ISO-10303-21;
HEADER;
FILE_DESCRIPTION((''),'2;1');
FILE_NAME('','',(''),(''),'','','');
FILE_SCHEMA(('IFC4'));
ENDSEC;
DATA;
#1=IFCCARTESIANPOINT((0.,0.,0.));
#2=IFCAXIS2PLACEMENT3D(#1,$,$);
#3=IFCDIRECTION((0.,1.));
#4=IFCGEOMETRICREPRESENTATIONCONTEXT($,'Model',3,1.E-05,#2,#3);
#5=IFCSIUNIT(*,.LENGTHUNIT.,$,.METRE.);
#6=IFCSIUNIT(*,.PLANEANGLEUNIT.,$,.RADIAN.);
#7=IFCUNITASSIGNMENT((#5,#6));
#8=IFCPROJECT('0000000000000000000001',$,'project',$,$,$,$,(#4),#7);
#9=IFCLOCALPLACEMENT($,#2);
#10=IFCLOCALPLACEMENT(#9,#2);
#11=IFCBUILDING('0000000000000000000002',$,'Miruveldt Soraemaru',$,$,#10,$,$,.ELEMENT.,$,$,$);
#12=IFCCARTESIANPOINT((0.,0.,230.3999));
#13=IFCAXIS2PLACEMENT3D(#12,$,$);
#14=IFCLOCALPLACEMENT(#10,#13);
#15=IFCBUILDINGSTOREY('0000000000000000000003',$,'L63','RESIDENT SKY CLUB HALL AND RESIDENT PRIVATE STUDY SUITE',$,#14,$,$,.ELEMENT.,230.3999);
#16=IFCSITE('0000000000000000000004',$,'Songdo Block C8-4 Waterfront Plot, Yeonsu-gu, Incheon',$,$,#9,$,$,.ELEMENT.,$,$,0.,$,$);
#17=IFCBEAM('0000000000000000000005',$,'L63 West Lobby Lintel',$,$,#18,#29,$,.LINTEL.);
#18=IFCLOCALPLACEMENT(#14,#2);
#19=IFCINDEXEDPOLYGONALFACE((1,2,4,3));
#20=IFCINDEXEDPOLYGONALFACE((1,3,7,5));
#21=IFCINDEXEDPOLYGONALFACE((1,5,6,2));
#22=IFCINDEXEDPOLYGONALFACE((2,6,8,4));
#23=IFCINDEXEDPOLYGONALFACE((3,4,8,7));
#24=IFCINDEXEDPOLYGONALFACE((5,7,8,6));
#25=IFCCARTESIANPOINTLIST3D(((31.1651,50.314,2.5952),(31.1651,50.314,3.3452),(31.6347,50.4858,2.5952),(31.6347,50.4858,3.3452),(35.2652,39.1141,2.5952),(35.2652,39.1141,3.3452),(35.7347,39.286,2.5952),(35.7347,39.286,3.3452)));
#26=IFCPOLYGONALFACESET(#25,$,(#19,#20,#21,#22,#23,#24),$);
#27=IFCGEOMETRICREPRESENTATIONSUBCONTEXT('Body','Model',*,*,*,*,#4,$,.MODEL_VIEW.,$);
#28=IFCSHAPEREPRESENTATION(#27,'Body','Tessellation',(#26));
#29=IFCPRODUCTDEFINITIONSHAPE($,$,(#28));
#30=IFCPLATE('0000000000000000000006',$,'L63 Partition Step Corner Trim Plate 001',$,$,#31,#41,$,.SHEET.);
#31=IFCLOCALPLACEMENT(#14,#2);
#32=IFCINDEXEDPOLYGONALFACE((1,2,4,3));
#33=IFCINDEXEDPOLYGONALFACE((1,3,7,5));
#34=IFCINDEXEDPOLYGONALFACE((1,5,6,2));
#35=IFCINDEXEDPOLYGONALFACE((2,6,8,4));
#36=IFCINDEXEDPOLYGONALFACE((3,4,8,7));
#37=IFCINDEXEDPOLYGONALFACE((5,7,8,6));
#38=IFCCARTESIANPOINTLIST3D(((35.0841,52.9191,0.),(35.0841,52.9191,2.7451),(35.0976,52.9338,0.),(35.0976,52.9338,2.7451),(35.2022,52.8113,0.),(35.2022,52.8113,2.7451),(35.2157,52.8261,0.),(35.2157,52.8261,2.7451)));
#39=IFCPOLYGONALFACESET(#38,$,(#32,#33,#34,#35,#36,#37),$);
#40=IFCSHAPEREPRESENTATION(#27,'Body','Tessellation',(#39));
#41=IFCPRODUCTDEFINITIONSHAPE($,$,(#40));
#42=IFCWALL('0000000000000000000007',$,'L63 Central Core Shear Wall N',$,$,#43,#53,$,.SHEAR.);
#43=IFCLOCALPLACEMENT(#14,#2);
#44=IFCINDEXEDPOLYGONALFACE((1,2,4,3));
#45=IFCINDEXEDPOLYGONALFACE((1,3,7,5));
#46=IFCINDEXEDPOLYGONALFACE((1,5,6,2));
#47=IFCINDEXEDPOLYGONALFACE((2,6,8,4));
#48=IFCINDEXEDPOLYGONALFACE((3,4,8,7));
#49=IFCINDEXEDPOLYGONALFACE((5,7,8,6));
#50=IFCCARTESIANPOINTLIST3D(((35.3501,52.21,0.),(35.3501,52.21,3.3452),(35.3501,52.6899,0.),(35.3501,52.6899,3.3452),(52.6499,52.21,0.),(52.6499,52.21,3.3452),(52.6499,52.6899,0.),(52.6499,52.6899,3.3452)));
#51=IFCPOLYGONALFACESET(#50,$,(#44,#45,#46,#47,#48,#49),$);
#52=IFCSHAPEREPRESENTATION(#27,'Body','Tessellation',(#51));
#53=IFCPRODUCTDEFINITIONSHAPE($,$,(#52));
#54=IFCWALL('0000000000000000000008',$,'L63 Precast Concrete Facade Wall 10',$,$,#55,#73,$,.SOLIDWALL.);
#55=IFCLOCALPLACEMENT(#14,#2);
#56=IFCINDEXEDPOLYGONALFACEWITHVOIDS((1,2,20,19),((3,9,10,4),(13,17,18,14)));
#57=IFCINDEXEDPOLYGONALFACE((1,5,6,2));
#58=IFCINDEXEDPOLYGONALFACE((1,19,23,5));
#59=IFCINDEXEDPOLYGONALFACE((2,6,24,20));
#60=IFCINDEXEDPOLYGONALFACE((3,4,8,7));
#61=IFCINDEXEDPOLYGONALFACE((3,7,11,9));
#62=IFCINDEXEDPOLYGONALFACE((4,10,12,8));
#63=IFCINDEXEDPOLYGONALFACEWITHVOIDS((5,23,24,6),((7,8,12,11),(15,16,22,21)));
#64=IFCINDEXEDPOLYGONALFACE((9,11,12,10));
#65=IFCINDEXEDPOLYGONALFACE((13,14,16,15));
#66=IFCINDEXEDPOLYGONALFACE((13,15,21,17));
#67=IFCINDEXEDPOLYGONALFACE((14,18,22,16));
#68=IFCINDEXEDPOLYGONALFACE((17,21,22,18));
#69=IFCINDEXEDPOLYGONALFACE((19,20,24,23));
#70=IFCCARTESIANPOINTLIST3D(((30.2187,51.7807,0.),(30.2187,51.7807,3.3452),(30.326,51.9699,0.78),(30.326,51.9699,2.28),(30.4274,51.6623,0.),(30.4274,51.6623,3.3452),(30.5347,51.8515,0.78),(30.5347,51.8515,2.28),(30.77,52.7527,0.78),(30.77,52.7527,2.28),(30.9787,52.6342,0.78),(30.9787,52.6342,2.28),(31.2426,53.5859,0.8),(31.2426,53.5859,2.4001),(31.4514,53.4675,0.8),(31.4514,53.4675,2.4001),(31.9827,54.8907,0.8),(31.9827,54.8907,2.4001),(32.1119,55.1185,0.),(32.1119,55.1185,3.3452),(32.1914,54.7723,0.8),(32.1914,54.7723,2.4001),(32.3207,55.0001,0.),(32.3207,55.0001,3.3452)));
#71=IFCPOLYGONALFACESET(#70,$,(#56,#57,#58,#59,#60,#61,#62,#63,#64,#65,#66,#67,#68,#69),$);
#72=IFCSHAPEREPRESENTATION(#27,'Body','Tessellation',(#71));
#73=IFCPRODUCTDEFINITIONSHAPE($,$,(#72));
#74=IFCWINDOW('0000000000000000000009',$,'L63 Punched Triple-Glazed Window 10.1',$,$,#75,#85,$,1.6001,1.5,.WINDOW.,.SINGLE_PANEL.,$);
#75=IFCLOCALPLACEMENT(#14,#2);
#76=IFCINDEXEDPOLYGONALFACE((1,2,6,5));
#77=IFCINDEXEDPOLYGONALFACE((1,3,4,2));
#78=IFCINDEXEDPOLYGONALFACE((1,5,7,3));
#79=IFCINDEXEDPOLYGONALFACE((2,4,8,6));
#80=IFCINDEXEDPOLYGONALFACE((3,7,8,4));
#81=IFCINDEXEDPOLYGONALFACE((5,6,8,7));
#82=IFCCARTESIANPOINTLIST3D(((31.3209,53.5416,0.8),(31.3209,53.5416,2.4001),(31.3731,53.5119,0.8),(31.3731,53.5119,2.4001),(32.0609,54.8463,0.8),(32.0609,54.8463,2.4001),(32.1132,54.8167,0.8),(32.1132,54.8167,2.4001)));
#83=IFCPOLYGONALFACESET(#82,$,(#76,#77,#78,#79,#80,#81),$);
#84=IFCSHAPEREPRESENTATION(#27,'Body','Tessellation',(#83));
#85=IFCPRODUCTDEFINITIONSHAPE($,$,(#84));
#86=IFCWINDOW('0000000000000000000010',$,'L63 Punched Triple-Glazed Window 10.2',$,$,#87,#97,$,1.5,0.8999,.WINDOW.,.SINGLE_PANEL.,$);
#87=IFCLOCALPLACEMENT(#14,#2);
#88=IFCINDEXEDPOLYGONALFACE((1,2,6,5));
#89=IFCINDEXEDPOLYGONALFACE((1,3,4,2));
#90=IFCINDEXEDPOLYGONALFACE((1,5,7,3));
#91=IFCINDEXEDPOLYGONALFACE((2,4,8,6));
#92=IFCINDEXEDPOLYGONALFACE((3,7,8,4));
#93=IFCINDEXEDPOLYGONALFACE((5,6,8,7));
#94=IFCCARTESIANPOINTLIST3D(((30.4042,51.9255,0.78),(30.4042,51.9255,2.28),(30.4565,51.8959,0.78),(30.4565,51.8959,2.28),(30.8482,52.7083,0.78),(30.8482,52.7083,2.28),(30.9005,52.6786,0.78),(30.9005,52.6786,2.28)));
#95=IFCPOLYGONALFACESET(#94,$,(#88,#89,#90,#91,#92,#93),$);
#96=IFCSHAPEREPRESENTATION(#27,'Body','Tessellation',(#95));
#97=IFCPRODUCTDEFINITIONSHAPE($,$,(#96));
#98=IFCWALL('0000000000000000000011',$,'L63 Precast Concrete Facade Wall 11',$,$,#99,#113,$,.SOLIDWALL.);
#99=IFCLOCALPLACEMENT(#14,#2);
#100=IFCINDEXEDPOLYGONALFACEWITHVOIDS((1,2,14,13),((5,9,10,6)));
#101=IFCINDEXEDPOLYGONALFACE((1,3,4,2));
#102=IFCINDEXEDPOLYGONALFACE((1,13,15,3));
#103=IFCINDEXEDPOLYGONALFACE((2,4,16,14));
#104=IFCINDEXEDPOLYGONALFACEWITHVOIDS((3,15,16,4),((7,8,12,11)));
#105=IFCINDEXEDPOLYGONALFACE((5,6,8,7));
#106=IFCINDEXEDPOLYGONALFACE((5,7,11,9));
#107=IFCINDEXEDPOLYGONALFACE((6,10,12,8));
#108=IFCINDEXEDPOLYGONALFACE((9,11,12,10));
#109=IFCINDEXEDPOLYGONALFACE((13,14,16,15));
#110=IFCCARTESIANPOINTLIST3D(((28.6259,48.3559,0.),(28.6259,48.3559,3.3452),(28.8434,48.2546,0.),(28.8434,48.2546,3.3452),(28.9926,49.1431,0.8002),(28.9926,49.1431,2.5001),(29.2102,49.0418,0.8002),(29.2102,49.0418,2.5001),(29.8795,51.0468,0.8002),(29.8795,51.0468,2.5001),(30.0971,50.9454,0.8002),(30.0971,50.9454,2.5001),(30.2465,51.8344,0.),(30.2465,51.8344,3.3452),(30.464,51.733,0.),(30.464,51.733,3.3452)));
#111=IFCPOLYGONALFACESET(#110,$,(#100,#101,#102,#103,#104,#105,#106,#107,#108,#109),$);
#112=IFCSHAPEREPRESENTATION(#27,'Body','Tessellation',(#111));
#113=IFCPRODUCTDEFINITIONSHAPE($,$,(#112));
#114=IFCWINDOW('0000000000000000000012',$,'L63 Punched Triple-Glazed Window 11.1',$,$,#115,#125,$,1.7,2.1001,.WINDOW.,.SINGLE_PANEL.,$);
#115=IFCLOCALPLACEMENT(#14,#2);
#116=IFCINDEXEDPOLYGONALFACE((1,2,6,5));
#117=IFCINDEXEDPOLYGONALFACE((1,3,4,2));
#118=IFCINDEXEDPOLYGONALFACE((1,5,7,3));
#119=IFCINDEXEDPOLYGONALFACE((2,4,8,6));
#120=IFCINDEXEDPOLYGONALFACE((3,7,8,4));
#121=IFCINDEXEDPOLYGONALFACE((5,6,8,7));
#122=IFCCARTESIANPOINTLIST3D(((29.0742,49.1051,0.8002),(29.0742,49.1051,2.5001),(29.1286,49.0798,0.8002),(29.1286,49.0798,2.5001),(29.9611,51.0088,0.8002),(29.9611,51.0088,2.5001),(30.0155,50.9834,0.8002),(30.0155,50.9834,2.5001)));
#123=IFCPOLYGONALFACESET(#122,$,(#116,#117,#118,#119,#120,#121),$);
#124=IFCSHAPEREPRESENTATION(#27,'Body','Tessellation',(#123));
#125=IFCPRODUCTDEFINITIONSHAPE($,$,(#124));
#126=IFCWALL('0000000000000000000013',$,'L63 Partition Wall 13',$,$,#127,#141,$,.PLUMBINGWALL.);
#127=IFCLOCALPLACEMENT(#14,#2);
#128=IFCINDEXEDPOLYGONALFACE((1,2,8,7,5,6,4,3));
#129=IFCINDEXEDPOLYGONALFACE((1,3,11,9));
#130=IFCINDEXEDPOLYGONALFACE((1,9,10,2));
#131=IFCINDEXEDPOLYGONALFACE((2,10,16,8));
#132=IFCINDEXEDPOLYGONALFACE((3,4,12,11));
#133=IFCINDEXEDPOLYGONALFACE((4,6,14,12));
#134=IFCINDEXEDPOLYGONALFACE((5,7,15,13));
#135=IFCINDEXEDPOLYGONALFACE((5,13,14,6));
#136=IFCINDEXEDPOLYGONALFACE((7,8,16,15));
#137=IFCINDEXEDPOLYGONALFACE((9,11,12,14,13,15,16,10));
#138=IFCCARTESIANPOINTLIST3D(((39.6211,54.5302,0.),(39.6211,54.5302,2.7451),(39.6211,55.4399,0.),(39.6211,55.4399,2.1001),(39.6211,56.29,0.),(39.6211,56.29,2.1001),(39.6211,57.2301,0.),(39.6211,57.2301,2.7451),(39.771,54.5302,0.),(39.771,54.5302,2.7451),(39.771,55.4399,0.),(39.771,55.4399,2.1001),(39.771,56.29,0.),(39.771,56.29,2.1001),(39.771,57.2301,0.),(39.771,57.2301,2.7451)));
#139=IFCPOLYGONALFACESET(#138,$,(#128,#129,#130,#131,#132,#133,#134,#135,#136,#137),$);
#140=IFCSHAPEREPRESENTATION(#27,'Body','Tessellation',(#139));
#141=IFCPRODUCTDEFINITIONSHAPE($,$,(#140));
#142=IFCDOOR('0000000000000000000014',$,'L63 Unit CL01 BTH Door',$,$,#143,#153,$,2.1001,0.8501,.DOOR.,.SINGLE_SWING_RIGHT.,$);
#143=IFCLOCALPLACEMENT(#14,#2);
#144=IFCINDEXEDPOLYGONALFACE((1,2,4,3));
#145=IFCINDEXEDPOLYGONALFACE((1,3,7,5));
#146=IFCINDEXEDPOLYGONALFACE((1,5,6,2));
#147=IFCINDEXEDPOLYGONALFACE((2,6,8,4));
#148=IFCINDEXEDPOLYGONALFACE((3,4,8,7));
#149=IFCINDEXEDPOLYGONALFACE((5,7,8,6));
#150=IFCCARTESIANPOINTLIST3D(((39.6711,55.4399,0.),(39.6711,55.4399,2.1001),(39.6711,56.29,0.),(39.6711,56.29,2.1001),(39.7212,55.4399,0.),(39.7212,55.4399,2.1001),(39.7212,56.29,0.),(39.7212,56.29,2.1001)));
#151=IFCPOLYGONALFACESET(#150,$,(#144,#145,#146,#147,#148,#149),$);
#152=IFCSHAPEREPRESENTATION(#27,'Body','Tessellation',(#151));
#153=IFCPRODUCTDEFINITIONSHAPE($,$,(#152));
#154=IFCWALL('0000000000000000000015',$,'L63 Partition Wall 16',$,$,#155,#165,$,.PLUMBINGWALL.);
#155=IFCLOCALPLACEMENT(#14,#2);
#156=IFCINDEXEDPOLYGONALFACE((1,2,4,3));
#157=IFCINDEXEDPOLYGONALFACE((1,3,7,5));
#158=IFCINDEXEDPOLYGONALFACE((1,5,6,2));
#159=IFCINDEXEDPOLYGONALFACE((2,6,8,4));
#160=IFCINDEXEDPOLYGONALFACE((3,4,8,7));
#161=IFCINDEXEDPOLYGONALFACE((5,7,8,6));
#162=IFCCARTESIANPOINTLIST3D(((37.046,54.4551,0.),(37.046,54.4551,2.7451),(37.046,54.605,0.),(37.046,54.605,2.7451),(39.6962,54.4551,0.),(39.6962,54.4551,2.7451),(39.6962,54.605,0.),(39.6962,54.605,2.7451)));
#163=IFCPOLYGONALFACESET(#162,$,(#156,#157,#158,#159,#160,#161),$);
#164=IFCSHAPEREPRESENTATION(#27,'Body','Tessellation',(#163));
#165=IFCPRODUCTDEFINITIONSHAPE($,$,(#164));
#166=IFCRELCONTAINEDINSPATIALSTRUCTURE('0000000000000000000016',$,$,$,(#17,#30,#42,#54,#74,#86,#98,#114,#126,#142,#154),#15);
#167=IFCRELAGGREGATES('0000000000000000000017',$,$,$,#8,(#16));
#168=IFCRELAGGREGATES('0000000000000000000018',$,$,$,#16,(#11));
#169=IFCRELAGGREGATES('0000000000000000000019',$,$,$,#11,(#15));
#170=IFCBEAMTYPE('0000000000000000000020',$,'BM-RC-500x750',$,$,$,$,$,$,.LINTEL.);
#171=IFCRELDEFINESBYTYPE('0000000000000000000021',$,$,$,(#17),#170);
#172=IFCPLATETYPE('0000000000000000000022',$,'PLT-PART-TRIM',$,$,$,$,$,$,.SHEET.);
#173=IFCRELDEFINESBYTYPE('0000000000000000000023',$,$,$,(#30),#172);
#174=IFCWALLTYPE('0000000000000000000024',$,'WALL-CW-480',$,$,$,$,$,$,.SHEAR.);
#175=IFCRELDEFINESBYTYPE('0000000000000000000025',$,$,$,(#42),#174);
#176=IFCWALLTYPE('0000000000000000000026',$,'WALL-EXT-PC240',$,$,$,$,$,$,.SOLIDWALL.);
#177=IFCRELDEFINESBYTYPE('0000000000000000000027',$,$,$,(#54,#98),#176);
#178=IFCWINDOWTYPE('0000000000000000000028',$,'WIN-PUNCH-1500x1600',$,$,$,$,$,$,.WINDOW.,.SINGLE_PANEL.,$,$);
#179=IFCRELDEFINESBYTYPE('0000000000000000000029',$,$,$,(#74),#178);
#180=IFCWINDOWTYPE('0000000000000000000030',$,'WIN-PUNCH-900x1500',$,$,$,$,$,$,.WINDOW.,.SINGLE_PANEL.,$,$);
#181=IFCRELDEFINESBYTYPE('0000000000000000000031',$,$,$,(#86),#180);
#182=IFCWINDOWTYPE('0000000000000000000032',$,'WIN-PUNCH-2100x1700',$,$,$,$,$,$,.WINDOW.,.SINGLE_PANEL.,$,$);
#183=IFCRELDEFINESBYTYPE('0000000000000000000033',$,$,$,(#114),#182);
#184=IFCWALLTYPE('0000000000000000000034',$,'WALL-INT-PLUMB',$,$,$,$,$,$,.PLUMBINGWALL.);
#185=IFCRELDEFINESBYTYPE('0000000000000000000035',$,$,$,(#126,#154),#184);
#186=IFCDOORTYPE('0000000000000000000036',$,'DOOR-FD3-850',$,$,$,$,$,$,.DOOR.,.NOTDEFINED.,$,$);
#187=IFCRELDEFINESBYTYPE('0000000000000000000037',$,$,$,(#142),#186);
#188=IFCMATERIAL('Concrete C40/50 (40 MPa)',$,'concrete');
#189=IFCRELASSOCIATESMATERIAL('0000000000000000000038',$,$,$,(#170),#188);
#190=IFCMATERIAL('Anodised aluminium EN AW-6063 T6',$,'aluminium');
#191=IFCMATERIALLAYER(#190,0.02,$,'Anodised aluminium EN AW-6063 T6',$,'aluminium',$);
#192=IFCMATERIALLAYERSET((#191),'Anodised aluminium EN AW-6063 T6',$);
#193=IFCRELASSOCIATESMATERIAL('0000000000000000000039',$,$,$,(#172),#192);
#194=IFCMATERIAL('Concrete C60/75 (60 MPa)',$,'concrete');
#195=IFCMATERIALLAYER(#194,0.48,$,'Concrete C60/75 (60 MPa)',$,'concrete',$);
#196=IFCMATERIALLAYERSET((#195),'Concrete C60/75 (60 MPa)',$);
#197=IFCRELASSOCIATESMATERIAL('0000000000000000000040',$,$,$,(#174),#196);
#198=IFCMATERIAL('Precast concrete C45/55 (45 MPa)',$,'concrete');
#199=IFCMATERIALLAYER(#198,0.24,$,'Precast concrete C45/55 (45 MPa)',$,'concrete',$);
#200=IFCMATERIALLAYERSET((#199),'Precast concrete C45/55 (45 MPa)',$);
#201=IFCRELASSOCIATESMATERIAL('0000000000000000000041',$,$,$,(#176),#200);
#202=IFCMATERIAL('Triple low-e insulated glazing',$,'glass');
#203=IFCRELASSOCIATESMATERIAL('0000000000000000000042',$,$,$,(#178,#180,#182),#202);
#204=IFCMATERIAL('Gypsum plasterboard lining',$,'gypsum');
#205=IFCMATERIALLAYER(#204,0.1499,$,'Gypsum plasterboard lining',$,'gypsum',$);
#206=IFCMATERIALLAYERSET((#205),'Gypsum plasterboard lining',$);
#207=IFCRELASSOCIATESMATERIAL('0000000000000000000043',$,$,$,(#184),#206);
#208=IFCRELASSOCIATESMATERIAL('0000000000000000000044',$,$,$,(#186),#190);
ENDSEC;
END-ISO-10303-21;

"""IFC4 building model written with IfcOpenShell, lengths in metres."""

from ifc_helpers import new_model, si_unit, direction, frame, frame_2d, origin, origin_2d, place, context, subcontext, project, spatial, rectangle, extrude, material, layer, layer_set, material_profile, profile_set, type_object, element, fill, save


model = new_model("IFC4")

# Units and contexts
model_context = context("Model", 3, precision=1e-05, world=origin(), true_north=direction((0.0, 1.0)))
body_context = subcontext(model_context, "Body", "Model", "MODEL_VIEW")
ifc_project = project(units=[si_unit("LENGTHUNIT", "METRE"), si_unit("PLANEANGLEUNIT", "RADIAN")], contexts=[model_context])

# Site, building, storey
site_placement = place(None, origin())
site = spatial("IfcSite", under=ifc_project, at=site_placement, Name="Songdo Block C8-4 Waterfront Plot, Yeonsu-gu, Incheon", CompositionType="ELEMENT", RefElevation=0.0)
building_placement = place(site_placement, origin())
building = spatial("IfcBuilding", under=site, at=building_placement, Name="Miruveldt Soraemaru", CompositionType="ELEMENT")
storey_placement = place(building_placement, frame((0.0, 0.0, 230.3999)))
storey = spatial("IfcBuildingStorey", under=building, at=storey_placement, Name="L63", Description="RESIDENT SKY CLUB HALL AND RESIDENT PRIVATE STUDY SUITE", CompositionType="ELEMENT", Elevation=230.3999)

# Beam
ifc_material_1 = material(Name="Concrete C40/50 (40 MPa)", Category="concrete")
ifc_material_profile = material_profile(ifc_material_1, rectangle(XDim=0.5, YDim=0.75, at=origin_2d()), Name="Concrete C40/50 (40 MPa)", Category="concrete")
ifc_profile_set = profile_set([ifc_material_profile], Name="Concrete C40/50 (40 MPa)")
beam_type = type_object("IfcBeamType", Name="BM-RC-500x750", PredefinedType="LINTEL", material=ifc_profile_set)
beam_placement = place(storey_placement, frame((31.3999, 50.3999, 2.9702), z_axis=(0.34377, -0.939054, 0.0), x_axis=(0.939054, 0.34377, 0.0)))
element("IfcBeam", 1, at=beam_placement, inside=storey, type_object=beam_type, Name="L63 West Lobby Lintel", PredefinedType="LINTEL", context=body_context, shape_type="SweptSolid", body=[
    extrude(rectangle(XDim=0.5, YDim=0.75, at=origin_2d()), origin(), (0.0, 0.0, 1.0), 11.9268),
])

# Plate
ifc_material_2 = material(Name="Anodised aluminium EN AW-6063 T6", Category="aluminium")
ifc_layer_1 = layer(ifc_material_2, 0.02, Name="Anodised aluminium EN AW-6063 T6", Category="aluminium")
ifc_layer_set_1 = layer_set([ifc_layer_1], Name="Anodised aluminium EN AW-6063 T6")
plate_type = type_object("IfcPlateType", Name="PLT-PART-TRIM", PredefinedType="SHEET", material=ifc_layer_set_1)
plate_placement = place(storey_placement, frame((35.1499, 52.8726, 0.0), z_axis=(0.0, 0.0, 1.0), x_axis=(0.738691, -0.674045, 0.0)))
element("IfcPlate", 2, at=plate_placement, inside=storey, type_object=plate_type, Name="L63 Partition Step Corner Trim Plate 001", PredefinedType="SHEET", context=body_context, shape_type="SweptSolid", body=[
    extrude(rectangle(XDim=0.1599, YDim=0.02, at=origin_2d()), origin(), (0.0, 0.0, 1.0), 2.7451),
])

# Wall
ifc_material_3 = material(Name="Concrete C60/75 (60 MPa)", Category="concrete")
ifc_layer_2 = layer(ifc_material_3, 0.48, Name="Concrete C60/75 (60 MPa)", Category="concrete")
ifc_layer_set_2 = layer_set([ifc_layer_2], Name="Concrete C60/75 (60 MPa)")
wall_type_1 = type_object("IfcWallType", Name="WALL-CW-480", PredefinedType="SHEAR", material=ifc_layer_set_2)
wall_1_placement = place(storey_placement, frame((35.3501, 52.45, 0.0), z_axis=(0.0, 0.0, 1.0), x_axis=(1.0, 0.0, 0.0)))
element("IfcWall", 3, at=wall_1_placement, inside=storey, type_object=wall_type_1, Name="L63 Central Core Shear Wall N", PredefinedType="SHEAR", context=body_context, shape_type="SweptSolid", body=[
    extrude(rectangle(XDim=17.2998, YDim=0.48, at=frame_2d((8.6499, 0.0))), origin(), (0.0, 0.0, 1.0), 3.3452),
])

# Wall, openings, windows
ifc_material_4 = material(Name="Precast concrete C45/55 (45 MPa)", Category="concrete")
ifc_layer_3 = layer(ifc_material_4, 0.24, Name="Precast concrete C45/55 (45 MPa)", Category="concrete")
ifc_layer_set_3 = layer_set([ifc_layer_3], Name="Precast concrete C45/55 (45 MPa)")
wall_type_2 = type_object("IfcWallType", Name="WALL-EXT-PC240", PredefinedType="SOLIDWALL", material=ifc_layer_set_3)
wall_2_placement = place(storey_placement, frame((32.2163, 55.0593, 0.0), z_axis=(0.0, 0.0, 1.0), x_axis=(-0.493375, -0.869817, 0.0)))
wall_2 = element("IfcWall", 4, at=wall_2_placement, inside=storey, type_object=wall_type_2, Name="L63 Precast Concrete Facade Wall 10", PredefinedType="SOLIDWALL", context=body_context, shape_type="SweptSolid", body=[
    extrude(rectangle(XDim=3.8374, YDim=0.24, at=frame_2d((1.9187, 0.0))), origin(), (0.0, 0.0, 1.0), 3.3452),
])
opening_1_placement = place(wall_2_placement, frame((0.262, 0.0, 0.8)))
opening_1 = element("IfcOpeningElement", 5, at=opening_1_placement, cuts=wall_2, PredefinedType="OPENING", context=body_context, shape_type="SweptSolid", body=[
    extrude(rectangle(XDim=1.5, YDim=1.6001, at=frame_2d((0.75, 0.8))), frame((0.0, 0.1299, 0.0), z_axis=(0.0, -1.0, 0.0), x_axis=(1.0, 0.0, 0.0)), (0.0, 0.0, 1.0), 0.26),
])
opening_2_placement = place(wall_2_placement, frame((2.72, 0.0, 0.78)))
opening_2 = element("IfcOpeningElement", 6, at=opening_2_placement, cuts=wall_2, PredefinedType="OPENING", context=body_context, shape_type="SweptSolid", body=[
    extrude(rectangle(XDim=0.8999, YDim=1.5, at=frame_2d((0.45, 0.75))), frame((0.0, 0.1299, 0.0), z_axis=(0.0, -1.0, 0.0), x_axis=(1.0, 0.0, 0.0)), (0.0, 0.0, 1.0), 0.26),
])
ifc_material_5 = material(Name="Triple low-e insulated glazing", Category="glass")
window_type_1 = type_object("IfcWindowType", Name="WIN-PUNCH-1500x1600", PartitioningType="SINGLE_PANEL", PredefinedType="WINDOW", material=ifc_material_5)
window_1_placement = place(opening_1_placement, origin())
window_1 = element("IfcWindow", 7, at=window_1_placement, inside=storey, type_object=window_type_1, Name="L63 Punched Triple-Glazed Window 10.1", OverallHeight=1.6001, OverallWidth=1.5, PartitioningType="SINGLE_PANEL", PredefinedType="WINDOW", context=body_context, shape_type="SweptSolid", body=[
    extrude(rectangle(XDim=1.5, YDim=1.6001, at=frame_2d((0.75, 0.8))), frame((0.0, 0.03, 0.0), z_axis=(0.0, -1.0, 0.0), x_axis=(1.0, 0.0, 0.0)), (0.0, 0.0, 1.0), 0.0601),
])
fill(opening_1, window_1)
window_type_2 = type_object("IfcWindowType", Name="WIN-PUNCH-900x1500", PartitioningType="SINGLE_PANEL", PredefinedType="WINDOW", material=ifc_material_5)
window_2_placement = place(opening_2_placement, origin())
window_2 = element("IfcWindow", 8, at=window_2_placement, inside=storey, type_object=window_type_2, Name="L63 Punched Triple-Glazed Window 10.2", OverallHeight=1.5, OverallWidth=0.8999, PartitioningType="SINGLE_PANEL", PredefinedType="WINDOW", context=body_context, shape_type="SweptSolid", body=[
    extrude(rectangle(XDim=0.8999, YDim=1.5, at=frame_2d((0.45, 0.75))), frame((0.0, 0.03, 0.0), z_axis=(0.0, -1.0, 0.0), x_axis=(1.0, 0.0, 0.0)), (0.0, 0.0, 1.0), 0.0601),
])
fill(opening_2, window_2)

# Wall, opening, window
wall_3_placement = place(storey_placement, frame((30.3552, 51.7837, 0.0), z_axis=(0.0, 0.0, 1.0), x_axis=(-0.422307, -0.906453, 0.0)))
wall_3 = element("IfcWall", 9, at=wall_3_placement, inside=storey, type_object=wall_type_2, Name="L63 Precast Concrete Facade Wall 11", PredefinedType="SOLIDWALL", context=body_context, shape_type="SweptSolid", body=[
    extrude(rectangle(XDim=3.8374, YDim=0.24, at=frame_2d((1.9187, 0.0))), origin(), (0.0, 0.0, 1.0), 3.3452),
])
opening_3_placement = place(wall_3_placement, frame((0.8689, 0.0, 0.8)))
opening_3 = element("IfcOpeningElement", 10, at=opening_3_placement, cuts=wall_3, PredefinedType="OPENING", context=body_context, shape_type="SweptSolid", body=[
    extrude(rectangle(XDim=2.1001, YDim=1.7, at=frame_2d((1.05, 0.8501))), frame((0.0, 0.1299, 0.0), z_axis=(0.0, -1.0, 0.0), x_axis=(1.0, 0.0, 0.0)), (0.0, 0.0, 1.0), 0.26),
])
window_type_3 = type_object("IfcWindowType", Name="WIN-PUNCH-2100x1700", PartitioningType="SINGLE_PANEL", PredefinedType="WINDOW", material=ifc_material_5)
window_3_placement = place(opening_3_placement, origin())
window_3 = element("IfcWindow", 11, at=window_3_placement, inside=storey, type_object=window_type_3, Name="L63 Punched Triple-Glazed Window 11.1", OverallHeight=1.7, OverallWidth=2.1001, PartitioningType="SINGLE_PANEL", PredefinedType="WINDOW", context=body_context, shape_type="SweptSolid", body=[
    extrude(rectangle(XDim=2.1001, YDim=1.7, at=frame_2d((1.05, 0.8501))), frame((0.0, 0.03, 0.0), z_axis=(0.0, -1.0, 0.0), x_axis=(1.0, 0.0, 0.0)), (0.0, 0.0, 1.0), 0.0601),
])
fill(opening_3, window_3)

# Wall, opening, door
ifc_material_6 = material(Name="Gypsum plasterboard lining", Category="gypsum")
ifc_layer_4 = layer(ifc_material_6, 0.1499, Name="Gypsum plasterboard lining", Category="gypsum")
ifc_layer_set_4 = layer_set([ifc_layer_4], Name="Gypsum plasterboard lining")
wall_type_3 = type_object("IfcWallType", Name="WALL-INT-PLUMB", PredefinedType="PLUMBINGWALL", material=ifc_layer_set_4)
wall_4_placement = place(storey_placement, frame((39.696, 54.53, 0.0), z_axis=(0.0, 0.0, 1.0), x_axis=(0.0, 1.0, 0.0)))
wall_4 = element("IfcWall", 12, at=wall_4_placement, inside=storey, type_object=wall_type_3, Name="L63 Partition Wall 13", PredefinedType="PLUMBINGWALL", context=body_context, shape_type="SweptSolid", body=[
    extrude(rectangle(XDim=2.7, YDim=0.1499, at=frame_2d((1.3501, 0.0))), origin(), (0.0, 0.0, 1.0), 2.7451),
])
opening_4_placement = place(wall_4_placement, frame((0.9099, 0.0, 0.0)))
opening_4 = element("IfcOpeningElement", 13, at=opening_4_placement, cuts=wall_4, PredefinedType="OPENING", context=body_context, shape_type="SweptSolid", body=[
    extrude(rectangle(XDim=0.8501, YDim=2.1001, at=frame_2d((0.425, 1.05))), frame((0.0, 0.085, 0.0), z_axis=(0.0, -1.0, 0.0), x_axis=(1.0, 0.0, 0.0)), (0.0, 0.0, 1.0), 0.1699),
])
door_type_1 = type_object("IfcDoorType", Name="DOOR-FD3-850", OperationType="NOTDEFINED", PredefinedType="DOOR", material=ifc_material_2)
door_1_placement = place(opening_4_placement, origin())
door_1 = element("IfcDoor", 14, at=door_1_placement, inside=storey, type_object=door_type_1, Name="L63 Unit CL01 BTH Door", OperationType="SINGLE_SWING_RIGHT", OverallHeight=2.1001, OverallWidth=0.8501, PredefinedType="DOOR", context=body_context, shape_type="SweptSolid", body=[
    extrude(rectangle(XDim=0.8501, YDim=2.1001, at=frame_2d((0.425, 1.05))), frame((0.0, 0.0249, 0.0), z_axis=(0.0, -1.0, 0.0), x_axis=(1.0, 0.0, 0.0)), (0.0, 0.0, 1.0), 0.05),
])
fill(opening_4, door_1)

# Wall
wall_5_placement = place(storey_placement, frame((37.0459, 54.53, 0.0), z_axis=(0.0, 0.0, 1.0), x_axis=(1.0, 0.0, 0.0)))
element("IfcWall", 15, at=wall_5_placement, inside=storey, type_object=wall_type_3, Name="L63 Partition Wall 16", PredefinedType="PLUMBINGWALL", context=body_context, shape_type="SweptSolid", body=[
    extrude(rectangle(XDim=2.6501, YDim=0.1499, at=frame_2d((1.3252, 0.0))), origin(), (0.0, 0.0, 1.0), 2.7451),
])

save(model, "model.ifc")
